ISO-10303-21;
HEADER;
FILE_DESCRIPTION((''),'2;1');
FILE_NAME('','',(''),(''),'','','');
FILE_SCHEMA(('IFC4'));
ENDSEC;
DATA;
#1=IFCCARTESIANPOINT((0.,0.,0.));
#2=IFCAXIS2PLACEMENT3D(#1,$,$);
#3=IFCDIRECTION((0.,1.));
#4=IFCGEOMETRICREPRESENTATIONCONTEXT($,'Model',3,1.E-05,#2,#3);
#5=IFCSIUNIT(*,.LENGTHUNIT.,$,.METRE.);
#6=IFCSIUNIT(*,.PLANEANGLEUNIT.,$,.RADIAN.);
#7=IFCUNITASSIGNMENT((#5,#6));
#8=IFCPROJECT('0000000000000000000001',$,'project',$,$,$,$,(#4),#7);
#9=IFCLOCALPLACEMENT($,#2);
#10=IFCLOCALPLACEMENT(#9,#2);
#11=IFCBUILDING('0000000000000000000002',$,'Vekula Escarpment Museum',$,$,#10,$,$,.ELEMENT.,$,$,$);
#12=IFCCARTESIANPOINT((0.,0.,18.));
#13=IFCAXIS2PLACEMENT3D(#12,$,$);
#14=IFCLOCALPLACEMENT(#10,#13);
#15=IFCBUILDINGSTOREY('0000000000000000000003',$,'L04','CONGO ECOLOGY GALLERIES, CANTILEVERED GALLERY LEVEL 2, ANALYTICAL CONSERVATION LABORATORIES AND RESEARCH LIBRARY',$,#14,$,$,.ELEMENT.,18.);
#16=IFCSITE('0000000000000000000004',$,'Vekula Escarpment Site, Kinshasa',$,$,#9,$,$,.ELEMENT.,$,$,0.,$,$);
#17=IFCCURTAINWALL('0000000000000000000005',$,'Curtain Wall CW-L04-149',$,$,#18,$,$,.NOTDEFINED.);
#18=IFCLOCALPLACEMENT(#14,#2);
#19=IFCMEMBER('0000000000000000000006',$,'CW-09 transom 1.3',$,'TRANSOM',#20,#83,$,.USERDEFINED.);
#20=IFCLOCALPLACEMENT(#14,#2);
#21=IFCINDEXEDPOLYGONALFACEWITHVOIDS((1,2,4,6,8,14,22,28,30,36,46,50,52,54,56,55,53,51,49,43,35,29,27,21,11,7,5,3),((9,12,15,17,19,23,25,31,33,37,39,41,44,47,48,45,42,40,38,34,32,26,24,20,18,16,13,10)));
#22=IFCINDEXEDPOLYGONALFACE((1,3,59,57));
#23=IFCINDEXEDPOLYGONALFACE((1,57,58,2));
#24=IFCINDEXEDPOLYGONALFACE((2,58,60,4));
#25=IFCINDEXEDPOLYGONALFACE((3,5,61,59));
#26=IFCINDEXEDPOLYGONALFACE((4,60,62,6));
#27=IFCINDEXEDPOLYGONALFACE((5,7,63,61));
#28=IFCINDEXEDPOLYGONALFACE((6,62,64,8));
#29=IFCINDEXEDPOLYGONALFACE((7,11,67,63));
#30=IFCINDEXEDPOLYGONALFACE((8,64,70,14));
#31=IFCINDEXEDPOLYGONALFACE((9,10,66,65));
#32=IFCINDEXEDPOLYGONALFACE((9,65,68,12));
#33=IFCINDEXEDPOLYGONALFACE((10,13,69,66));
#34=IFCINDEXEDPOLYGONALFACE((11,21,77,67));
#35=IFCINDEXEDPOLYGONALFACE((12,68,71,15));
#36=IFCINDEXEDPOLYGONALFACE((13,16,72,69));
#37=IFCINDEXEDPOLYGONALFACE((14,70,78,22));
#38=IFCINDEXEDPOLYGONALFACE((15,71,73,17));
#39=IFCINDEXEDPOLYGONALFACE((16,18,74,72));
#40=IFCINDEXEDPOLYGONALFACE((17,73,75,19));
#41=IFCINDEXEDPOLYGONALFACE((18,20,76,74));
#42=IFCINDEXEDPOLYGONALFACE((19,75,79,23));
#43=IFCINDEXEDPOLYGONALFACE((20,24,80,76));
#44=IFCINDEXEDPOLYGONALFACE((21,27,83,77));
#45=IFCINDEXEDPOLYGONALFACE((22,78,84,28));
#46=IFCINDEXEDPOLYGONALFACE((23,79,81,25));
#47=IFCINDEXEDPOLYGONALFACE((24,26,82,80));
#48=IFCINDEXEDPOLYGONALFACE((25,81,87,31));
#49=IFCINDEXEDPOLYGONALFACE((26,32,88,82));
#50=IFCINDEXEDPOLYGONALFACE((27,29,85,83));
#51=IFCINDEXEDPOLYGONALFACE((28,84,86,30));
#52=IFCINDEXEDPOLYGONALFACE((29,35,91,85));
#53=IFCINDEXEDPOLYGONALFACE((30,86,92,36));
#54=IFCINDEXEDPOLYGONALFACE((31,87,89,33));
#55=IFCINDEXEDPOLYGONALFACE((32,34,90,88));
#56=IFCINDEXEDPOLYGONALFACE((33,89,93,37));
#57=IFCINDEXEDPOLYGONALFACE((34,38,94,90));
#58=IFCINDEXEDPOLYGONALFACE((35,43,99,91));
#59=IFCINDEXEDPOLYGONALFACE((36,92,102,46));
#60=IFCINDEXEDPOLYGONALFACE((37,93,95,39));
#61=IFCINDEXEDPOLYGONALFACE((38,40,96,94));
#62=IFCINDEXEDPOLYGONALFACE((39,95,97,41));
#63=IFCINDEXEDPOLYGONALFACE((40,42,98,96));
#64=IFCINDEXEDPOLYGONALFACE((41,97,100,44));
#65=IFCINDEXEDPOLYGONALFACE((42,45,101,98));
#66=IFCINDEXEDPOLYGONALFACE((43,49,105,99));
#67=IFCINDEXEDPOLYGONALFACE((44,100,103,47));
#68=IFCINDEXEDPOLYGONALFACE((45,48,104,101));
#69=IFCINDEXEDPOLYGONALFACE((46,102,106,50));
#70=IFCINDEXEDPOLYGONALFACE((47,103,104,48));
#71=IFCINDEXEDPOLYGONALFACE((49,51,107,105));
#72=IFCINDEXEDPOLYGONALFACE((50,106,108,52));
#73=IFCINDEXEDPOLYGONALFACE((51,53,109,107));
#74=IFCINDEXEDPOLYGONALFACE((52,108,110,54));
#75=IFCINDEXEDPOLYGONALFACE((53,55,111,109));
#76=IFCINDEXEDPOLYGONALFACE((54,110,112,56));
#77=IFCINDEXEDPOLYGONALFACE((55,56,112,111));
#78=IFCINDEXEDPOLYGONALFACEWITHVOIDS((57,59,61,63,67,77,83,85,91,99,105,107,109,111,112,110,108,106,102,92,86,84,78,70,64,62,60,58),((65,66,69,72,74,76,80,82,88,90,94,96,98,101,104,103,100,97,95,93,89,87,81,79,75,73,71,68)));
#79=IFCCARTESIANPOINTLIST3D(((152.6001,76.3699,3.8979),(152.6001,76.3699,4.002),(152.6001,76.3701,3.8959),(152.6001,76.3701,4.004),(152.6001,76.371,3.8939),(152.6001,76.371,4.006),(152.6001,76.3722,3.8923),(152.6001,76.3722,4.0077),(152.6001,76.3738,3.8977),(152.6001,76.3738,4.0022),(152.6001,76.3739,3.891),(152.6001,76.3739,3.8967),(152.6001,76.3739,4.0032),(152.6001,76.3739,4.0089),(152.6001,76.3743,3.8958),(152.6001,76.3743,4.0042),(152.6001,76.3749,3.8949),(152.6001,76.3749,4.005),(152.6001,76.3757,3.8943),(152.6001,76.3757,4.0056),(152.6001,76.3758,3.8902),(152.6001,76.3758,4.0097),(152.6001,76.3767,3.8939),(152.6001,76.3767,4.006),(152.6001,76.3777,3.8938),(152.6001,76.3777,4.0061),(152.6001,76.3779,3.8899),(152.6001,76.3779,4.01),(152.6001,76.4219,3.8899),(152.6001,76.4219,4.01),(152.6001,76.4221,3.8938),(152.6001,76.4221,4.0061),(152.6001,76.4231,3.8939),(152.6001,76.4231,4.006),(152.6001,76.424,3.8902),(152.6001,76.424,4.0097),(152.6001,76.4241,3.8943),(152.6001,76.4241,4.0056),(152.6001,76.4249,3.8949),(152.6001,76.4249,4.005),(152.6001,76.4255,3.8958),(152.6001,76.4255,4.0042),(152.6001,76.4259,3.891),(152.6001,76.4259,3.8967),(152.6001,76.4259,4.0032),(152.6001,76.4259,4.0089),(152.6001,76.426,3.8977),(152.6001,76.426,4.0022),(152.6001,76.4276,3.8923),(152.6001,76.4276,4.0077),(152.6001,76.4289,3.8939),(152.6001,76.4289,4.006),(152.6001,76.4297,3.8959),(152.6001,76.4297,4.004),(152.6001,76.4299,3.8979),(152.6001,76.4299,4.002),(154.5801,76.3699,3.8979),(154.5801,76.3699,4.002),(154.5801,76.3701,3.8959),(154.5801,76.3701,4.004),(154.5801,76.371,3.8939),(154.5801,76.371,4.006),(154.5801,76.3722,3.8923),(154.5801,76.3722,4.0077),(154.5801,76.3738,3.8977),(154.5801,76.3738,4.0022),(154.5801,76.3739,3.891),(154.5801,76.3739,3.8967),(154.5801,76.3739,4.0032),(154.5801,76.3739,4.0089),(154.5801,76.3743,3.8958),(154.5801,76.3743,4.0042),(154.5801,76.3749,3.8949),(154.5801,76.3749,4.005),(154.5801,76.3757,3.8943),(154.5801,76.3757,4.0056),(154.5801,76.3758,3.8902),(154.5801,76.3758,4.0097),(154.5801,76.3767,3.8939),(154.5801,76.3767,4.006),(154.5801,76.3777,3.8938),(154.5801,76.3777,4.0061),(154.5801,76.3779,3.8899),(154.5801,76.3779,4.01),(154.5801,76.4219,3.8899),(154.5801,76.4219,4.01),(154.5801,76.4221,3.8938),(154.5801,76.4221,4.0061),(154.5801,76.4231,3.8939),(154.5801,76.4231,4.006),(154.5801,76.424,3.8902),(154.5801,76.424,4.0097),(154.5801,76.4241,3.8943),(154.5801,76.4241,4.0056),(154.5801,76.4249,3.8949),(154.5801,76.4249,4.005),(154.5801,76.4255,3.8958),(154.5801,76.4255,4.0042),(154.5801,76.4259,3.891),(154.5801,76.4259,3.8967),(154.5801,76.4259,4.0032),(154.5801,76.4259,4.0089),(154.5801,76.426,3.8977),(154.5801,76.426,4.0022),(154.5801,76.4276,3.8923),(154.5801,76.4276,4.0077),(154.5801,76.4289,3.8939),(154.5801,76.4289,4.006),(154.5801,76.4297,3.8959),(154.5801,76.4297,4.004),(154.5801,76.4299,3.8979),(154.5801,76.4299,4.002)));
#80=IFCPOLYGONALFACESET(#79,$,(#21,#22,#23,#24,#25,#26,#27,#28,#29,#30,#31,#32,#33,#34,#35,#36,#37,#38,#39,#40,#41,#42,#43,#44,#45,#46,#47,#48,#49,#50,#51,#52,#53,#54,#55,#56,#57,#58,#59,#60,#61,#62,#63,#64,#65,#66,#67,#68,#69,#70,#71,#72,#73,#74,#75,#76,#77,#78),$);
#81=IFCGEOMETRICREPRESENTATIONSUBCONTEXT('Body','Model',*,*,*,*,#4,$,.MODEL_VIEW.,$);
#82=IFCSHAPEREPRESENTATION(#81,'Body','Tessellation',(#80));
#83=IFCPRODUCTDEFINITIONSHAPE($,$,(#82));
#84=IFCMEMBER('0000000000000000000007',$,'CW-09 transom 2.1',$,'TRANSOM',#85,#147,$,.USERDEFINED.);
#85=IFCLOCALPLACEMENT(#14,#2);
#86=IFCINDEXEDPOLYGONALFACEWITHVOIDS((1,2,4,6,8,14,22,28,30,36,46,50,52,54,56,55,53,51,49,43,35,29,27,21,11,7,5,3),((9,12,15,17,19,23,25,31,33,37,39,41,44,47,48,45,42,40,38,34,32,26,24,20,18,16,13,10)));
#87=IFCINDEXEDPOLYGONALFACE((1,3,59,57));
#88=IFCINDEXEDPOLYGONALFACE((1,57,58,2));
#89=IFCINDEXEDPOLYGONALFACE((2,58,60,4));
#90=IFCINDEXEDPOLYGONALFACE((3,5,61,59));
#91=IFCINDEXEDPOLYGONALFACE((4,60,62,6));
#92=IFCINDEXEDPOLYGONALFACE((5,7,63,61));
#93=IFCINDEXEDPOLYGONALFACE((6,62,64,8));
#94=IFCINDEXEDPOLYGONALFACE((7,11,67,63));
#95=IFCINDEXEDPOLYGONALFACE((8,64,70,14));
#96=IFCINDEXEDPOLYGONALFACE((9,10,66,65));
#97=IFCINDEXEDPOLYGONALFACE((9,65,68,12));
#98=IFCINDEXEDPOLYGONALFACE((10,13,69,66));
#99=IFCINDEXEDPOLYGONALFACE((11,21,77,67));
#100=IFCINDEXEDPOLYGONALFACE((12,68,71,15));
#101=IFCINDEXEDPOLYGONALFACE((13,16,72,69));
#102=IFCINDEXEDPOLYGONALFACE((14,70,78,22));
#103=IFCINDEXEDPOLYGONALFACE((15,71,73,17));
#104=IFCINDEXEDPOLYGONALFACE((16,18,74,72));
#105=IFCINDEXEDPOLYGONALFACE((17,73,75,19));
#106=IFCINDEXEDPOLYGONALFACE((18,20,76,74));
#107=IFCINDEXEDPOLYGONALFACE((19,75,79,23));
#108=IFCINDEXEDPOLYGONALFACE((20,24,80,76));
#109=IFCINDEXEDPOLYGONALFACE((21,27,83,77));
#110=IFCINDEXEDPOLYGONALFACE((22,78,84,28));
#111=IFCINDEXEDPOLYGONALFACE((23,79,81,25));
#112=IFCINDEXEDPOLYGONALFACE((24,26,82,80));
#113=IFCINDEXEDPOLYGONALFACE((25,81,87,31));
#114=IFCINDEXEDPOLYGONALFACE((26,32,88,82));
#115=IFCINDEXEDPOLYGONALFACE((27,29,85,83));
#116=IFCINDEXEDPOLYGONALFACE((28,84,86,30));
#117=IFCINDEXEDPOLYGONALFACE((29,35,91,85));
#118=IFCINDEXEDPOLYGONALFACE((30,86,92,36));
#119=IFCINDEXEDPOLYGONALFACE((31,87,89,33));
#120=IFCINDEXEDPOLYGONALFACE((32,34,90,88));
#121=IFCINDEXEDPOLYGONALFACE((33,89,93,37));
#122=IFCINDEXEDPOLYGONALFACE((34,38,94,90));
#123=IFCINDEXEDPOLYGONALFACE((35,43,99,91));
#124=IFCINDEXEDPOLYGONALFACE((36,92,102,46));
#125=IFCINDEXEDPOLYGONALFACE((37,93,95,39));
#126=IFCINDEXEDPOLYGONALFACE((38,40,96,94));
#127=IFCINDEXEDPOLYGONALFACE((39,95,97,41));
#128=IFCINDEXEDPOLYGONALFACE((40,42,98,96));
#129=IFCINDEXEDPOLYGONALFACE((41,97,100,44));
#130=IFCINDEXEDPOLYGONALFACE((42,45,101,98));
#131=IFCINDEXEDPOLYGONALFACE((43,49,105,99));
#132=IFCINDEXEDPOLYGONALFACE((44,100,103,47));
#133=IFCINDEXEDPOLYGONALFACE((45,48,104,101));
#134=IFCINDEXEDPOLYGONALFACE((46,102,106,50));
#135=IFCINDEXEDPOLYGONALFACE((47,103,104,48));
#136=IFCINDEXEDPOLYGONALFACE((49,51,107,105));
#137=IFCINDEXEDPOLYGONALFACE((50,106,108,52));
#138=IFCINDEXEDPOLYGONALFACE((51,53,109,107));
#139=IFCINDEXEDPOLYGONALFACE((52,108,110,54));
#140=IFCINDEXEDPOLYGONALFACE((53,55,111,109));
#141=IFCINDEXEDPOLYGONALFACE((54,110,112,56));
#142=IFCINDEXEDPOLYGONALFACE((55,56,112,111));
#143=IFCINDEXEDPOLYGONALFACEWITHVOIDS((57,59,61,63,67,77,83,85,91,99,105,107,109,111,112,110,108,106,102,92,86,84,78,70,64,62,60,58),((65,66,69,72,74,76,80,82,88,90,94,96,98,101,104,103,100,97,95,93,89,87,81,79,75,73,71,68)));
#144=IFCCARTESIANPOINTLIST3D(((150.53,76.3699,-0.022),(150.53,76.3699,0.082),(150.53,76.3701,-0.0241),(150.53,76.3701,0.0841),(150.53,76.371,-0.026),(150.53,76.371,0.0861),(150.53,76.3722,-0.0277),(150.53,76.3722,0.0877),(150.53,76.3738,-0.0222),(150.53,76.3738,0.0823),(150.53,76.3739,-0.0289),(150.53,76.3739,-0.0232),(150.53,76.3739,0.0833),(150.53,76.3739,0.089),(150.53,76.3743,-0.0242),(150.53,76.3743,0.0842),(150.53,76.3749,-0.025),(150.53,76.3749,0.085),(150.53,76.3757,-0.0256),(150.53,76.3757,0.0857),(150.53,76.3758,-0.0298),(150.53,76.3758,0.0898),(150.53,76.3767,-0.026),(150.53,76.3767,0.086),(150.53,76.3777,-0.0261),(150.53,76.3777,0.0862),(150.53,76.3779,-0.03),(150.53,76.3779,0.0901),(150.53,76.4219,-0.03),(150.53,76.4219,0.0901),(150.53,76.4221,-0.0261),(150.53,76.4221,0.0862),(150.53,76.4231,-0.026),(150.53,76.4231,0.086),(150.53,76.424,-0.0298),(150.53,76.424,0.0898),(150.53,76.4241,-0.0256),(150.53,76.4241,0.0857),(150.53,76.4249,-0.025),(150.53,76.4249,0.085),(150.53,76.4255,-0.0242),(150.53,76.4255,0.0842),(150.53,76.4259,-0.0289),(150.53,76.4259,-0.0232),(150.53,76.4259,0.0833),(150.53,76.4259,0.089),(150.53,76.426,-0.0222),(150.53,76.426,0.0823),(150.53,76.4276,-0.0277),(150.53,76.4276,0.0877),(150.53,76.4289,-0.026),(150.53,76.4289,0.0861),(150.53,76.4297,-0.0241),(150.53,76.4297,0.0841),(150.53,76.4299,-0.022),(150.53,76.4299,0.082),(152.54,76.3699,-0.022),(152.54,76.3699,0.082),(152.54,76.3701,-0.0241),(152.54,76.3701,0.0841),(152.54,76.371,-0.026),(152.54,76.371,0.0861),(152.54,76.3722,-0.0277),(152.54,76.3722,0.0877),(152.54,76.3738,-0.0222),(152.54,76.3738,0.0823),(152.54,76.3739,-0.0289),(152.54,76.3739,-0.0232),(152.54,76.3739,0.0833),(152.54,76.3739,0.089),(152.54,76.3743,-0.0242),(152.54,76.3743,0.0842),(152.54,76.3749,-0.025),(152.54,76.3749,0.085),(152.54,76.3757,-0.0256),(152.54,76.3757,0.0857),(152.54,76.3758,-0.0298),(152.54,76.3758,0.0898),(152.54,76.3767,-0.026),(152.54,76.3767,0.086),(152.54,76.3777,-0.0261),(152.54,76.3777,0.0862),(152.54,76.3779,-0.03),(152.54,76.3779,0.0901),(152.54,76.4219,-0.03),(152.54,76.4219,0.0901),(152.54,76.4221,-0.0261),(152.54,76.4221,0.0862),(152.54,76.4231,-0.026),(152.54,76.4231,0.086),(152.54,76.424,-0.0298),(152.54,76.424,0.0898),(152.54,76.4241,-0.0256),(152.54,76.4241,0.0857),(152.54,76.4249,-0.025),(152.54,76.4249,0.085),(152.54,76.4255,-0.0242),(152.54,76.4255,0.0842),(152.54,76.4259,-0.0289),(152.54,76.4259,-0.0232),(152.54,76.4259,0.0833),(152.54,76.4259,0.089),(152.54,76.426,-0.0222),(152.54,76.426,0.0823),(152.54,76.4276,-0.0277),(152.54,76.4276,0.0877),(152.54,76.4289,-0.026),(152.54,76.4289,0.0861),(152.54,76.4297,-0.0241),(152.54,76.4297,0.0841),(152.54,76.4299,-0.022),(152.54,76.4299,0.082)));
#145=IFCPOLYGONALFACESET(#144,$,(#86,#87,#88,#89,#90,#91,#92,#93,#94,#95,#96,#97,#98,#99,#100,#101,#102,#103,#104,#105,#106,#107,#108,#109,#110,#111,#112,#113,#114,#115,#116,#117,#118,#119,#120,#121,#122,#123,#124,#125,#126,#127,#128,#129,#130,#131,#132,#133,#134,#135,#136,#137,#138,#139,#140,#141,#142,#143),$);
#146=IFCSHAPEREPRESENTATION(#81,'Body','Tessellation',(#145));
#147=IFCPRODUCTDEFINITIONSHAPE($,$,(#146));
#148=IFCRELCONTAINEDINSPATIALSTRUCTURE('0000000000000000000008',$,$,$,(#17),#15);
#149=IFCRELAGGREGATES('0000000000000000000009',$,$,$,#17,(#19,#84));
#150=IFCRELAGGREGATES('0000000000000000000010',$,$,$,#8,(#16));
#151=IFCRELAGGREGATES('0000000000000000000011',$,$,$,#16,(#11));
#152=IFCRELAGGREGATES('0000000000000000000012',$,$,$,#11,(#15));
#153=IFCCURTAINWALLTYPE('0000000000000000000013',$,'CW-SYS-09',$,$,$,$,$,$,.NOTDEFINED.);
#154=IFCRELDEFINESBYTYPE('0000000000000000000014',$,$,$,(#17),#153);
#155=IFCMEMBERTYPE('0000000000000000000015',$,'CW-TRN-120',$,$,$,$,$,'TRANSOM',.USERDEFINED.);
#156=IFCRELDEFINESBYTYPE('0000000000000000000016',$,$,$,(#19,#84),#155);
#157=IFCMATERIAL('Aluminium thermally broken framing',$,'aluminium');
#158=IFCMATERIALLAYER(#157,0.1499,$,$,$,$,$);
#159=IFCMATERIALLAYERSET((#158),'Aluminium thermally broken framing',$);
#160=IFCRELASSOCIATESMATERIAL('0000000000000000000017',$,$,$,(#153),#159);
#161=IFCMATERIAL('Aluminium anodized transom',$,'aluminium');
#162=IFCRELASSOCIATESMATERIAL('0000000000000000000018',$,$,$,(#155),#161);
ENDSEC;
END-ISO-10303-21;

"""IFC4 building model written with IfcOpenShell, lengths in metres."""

from ifc_helpers import new_model, si_unit, direction, frame, origin, origin_2d, place, context, subcontext, project, spatial, hollow_rectangle, extrude, material, layer, layer_set, material_profile, profile_set, type_object, element, aggregate, save


model = new_model("IFC4")

# Units and contexts
model_context = context("Model", 3, precision=1e-05, world=origin(), true_north=direction((0.0, 1.0)))
body_context = subcontext(model_context, "Body", "Model", "MODEL_VIEW")
ifc_project = project(units=[si_unit("LENGTHUNIT", "METRE"), si_unit("PLANEANGLEUNIT", "RADIAN")], contexts=[model_context])

# Site, building, storey
site_placement = place(None, origin())
site = spatial("IfcSite", under=ifc_project, at=site_placement, Name="Vekula Escarpment Site, Kinshasa", CompositionType="ELEMENT", RefElevation=0.0)
building_placement = place(site_placement, origin())
building = spatial("IfcBuilding", under=site, at=building_placement, Name="Vekula Escarpment Museum", CompositionType="ELEMENT")
storey_placement = place(building_placement, frame((0.0, 0.0, 18.0)))
storey = spatial("IfcBuildingStorey", under=building, at=storey_placement, Name="L04", Description="CONGO ECOLOGY GALLERIES, CANTILEVERED GALLERY LEVEL 2, ANALYTICAL CONSERVATION LABORATORIES AND RESEARCH LIBRARY", CompositionType="ELEMENT", Elevation=18.0)

# Curtain wall
ifc_material_1 = material(Name="Aluminium thermally broken framing", Category="aluminium")
ifc_layer_1 = layer(ifc_material_1, 0.1499)
ifc_layer_set_1 = layer_set([ifc_layer_1], Name="Aluminium thermally broken framing")
curtain_wall_type_1 = type_object("IfcCurtainWallType", Name="CW-SYS-09", PredefinedType="NOTDEFINED", material=ifc_layer_set_1)
curtain_wall_1_placement = place(storey_placement, origin())
curtain_wall_1 = element("IfcCurtainWall", 1, at=curtain_wall_1_placement, inside=storey, type_object=curtain_wall_type_1, Name="Curtain Wall CW-L04-149", PredefinedType="NOTDEFINED")

# Members
ifc_material_2 = material(Name="Aluminium anodized transom", Category="aluminium")
ifc_material_profile_1 = material_profile(ifc_material_2, hollow_rectangle(XDim=0.0601, YDim=0.1201, WallThickness=0.0039, InnerFilletRadius=0.0039, OuterFilletRadius=0.0081, at=origin_2d()), Name="ALU 120x60x4")
ifc_profile_set_1 = profile_set([ifc_material_profile_1], Name="Aluminium anodized transom")
member_type_1 = type_object("IfcMemberType", Name="CW-TRN-120", ElementType="TRANSOM", PredefinedType="USERDEFINED", material=ifc_profile_set_1)
member_1_placement = place(storey_placement, frame((154.5801, 76.3999, 3.95), z_axis=(-1.0, 0.0, 0.0), x_axis=(0.0, -1.0, 0.0)))
member_1 = element("IfcMember", 2, at=member_1_placement, type_object=member_type_1, Name="CW-09 transom 1.3", ObjectType="TRANSOM", PredefinedType="USERDEFINED", context=body_context, shape_type="SweptSolid", body=[
    extrude(hollow_rectangle(XDim=0.0601, YDim=0.1201, WallThickness=0.0039, InnerFilletRadius=0.0039, OuterFilletRadius=0.0081, at=origin_2d()), origin(), (0.0, 0.0, 1.0), 1.98),
])
member_2_placement = place(storey_placement, frame((152.54, 76.3999, 0.03), z_axis=(-1.0, 0.0, 0.0), x_axis=(0.0, -1.0, 0.0)))
member_2 = element("IfcMember", 3, at=member_2_placement, type_object=member_type_1, Name="CW-09 transom 2.1", ObjectType="TRANSOM", PredefinedType="USERDEFINED", context=body_context, shape_type="SweptSolid", body=[
    extrude(hollow_rectangle(XDim=0.0601, YDim=0.1201, WallThickness=0.0039, InnerFilletRadius=0.0039, OuterFilletRadius=0.0081, at=origin_2d()), origin(), (0.0, 0.0, 1.0), 2.01),
])

aggregate(curtain_wall_1, [member_1, member_2])

save(model, "model.ifc")
